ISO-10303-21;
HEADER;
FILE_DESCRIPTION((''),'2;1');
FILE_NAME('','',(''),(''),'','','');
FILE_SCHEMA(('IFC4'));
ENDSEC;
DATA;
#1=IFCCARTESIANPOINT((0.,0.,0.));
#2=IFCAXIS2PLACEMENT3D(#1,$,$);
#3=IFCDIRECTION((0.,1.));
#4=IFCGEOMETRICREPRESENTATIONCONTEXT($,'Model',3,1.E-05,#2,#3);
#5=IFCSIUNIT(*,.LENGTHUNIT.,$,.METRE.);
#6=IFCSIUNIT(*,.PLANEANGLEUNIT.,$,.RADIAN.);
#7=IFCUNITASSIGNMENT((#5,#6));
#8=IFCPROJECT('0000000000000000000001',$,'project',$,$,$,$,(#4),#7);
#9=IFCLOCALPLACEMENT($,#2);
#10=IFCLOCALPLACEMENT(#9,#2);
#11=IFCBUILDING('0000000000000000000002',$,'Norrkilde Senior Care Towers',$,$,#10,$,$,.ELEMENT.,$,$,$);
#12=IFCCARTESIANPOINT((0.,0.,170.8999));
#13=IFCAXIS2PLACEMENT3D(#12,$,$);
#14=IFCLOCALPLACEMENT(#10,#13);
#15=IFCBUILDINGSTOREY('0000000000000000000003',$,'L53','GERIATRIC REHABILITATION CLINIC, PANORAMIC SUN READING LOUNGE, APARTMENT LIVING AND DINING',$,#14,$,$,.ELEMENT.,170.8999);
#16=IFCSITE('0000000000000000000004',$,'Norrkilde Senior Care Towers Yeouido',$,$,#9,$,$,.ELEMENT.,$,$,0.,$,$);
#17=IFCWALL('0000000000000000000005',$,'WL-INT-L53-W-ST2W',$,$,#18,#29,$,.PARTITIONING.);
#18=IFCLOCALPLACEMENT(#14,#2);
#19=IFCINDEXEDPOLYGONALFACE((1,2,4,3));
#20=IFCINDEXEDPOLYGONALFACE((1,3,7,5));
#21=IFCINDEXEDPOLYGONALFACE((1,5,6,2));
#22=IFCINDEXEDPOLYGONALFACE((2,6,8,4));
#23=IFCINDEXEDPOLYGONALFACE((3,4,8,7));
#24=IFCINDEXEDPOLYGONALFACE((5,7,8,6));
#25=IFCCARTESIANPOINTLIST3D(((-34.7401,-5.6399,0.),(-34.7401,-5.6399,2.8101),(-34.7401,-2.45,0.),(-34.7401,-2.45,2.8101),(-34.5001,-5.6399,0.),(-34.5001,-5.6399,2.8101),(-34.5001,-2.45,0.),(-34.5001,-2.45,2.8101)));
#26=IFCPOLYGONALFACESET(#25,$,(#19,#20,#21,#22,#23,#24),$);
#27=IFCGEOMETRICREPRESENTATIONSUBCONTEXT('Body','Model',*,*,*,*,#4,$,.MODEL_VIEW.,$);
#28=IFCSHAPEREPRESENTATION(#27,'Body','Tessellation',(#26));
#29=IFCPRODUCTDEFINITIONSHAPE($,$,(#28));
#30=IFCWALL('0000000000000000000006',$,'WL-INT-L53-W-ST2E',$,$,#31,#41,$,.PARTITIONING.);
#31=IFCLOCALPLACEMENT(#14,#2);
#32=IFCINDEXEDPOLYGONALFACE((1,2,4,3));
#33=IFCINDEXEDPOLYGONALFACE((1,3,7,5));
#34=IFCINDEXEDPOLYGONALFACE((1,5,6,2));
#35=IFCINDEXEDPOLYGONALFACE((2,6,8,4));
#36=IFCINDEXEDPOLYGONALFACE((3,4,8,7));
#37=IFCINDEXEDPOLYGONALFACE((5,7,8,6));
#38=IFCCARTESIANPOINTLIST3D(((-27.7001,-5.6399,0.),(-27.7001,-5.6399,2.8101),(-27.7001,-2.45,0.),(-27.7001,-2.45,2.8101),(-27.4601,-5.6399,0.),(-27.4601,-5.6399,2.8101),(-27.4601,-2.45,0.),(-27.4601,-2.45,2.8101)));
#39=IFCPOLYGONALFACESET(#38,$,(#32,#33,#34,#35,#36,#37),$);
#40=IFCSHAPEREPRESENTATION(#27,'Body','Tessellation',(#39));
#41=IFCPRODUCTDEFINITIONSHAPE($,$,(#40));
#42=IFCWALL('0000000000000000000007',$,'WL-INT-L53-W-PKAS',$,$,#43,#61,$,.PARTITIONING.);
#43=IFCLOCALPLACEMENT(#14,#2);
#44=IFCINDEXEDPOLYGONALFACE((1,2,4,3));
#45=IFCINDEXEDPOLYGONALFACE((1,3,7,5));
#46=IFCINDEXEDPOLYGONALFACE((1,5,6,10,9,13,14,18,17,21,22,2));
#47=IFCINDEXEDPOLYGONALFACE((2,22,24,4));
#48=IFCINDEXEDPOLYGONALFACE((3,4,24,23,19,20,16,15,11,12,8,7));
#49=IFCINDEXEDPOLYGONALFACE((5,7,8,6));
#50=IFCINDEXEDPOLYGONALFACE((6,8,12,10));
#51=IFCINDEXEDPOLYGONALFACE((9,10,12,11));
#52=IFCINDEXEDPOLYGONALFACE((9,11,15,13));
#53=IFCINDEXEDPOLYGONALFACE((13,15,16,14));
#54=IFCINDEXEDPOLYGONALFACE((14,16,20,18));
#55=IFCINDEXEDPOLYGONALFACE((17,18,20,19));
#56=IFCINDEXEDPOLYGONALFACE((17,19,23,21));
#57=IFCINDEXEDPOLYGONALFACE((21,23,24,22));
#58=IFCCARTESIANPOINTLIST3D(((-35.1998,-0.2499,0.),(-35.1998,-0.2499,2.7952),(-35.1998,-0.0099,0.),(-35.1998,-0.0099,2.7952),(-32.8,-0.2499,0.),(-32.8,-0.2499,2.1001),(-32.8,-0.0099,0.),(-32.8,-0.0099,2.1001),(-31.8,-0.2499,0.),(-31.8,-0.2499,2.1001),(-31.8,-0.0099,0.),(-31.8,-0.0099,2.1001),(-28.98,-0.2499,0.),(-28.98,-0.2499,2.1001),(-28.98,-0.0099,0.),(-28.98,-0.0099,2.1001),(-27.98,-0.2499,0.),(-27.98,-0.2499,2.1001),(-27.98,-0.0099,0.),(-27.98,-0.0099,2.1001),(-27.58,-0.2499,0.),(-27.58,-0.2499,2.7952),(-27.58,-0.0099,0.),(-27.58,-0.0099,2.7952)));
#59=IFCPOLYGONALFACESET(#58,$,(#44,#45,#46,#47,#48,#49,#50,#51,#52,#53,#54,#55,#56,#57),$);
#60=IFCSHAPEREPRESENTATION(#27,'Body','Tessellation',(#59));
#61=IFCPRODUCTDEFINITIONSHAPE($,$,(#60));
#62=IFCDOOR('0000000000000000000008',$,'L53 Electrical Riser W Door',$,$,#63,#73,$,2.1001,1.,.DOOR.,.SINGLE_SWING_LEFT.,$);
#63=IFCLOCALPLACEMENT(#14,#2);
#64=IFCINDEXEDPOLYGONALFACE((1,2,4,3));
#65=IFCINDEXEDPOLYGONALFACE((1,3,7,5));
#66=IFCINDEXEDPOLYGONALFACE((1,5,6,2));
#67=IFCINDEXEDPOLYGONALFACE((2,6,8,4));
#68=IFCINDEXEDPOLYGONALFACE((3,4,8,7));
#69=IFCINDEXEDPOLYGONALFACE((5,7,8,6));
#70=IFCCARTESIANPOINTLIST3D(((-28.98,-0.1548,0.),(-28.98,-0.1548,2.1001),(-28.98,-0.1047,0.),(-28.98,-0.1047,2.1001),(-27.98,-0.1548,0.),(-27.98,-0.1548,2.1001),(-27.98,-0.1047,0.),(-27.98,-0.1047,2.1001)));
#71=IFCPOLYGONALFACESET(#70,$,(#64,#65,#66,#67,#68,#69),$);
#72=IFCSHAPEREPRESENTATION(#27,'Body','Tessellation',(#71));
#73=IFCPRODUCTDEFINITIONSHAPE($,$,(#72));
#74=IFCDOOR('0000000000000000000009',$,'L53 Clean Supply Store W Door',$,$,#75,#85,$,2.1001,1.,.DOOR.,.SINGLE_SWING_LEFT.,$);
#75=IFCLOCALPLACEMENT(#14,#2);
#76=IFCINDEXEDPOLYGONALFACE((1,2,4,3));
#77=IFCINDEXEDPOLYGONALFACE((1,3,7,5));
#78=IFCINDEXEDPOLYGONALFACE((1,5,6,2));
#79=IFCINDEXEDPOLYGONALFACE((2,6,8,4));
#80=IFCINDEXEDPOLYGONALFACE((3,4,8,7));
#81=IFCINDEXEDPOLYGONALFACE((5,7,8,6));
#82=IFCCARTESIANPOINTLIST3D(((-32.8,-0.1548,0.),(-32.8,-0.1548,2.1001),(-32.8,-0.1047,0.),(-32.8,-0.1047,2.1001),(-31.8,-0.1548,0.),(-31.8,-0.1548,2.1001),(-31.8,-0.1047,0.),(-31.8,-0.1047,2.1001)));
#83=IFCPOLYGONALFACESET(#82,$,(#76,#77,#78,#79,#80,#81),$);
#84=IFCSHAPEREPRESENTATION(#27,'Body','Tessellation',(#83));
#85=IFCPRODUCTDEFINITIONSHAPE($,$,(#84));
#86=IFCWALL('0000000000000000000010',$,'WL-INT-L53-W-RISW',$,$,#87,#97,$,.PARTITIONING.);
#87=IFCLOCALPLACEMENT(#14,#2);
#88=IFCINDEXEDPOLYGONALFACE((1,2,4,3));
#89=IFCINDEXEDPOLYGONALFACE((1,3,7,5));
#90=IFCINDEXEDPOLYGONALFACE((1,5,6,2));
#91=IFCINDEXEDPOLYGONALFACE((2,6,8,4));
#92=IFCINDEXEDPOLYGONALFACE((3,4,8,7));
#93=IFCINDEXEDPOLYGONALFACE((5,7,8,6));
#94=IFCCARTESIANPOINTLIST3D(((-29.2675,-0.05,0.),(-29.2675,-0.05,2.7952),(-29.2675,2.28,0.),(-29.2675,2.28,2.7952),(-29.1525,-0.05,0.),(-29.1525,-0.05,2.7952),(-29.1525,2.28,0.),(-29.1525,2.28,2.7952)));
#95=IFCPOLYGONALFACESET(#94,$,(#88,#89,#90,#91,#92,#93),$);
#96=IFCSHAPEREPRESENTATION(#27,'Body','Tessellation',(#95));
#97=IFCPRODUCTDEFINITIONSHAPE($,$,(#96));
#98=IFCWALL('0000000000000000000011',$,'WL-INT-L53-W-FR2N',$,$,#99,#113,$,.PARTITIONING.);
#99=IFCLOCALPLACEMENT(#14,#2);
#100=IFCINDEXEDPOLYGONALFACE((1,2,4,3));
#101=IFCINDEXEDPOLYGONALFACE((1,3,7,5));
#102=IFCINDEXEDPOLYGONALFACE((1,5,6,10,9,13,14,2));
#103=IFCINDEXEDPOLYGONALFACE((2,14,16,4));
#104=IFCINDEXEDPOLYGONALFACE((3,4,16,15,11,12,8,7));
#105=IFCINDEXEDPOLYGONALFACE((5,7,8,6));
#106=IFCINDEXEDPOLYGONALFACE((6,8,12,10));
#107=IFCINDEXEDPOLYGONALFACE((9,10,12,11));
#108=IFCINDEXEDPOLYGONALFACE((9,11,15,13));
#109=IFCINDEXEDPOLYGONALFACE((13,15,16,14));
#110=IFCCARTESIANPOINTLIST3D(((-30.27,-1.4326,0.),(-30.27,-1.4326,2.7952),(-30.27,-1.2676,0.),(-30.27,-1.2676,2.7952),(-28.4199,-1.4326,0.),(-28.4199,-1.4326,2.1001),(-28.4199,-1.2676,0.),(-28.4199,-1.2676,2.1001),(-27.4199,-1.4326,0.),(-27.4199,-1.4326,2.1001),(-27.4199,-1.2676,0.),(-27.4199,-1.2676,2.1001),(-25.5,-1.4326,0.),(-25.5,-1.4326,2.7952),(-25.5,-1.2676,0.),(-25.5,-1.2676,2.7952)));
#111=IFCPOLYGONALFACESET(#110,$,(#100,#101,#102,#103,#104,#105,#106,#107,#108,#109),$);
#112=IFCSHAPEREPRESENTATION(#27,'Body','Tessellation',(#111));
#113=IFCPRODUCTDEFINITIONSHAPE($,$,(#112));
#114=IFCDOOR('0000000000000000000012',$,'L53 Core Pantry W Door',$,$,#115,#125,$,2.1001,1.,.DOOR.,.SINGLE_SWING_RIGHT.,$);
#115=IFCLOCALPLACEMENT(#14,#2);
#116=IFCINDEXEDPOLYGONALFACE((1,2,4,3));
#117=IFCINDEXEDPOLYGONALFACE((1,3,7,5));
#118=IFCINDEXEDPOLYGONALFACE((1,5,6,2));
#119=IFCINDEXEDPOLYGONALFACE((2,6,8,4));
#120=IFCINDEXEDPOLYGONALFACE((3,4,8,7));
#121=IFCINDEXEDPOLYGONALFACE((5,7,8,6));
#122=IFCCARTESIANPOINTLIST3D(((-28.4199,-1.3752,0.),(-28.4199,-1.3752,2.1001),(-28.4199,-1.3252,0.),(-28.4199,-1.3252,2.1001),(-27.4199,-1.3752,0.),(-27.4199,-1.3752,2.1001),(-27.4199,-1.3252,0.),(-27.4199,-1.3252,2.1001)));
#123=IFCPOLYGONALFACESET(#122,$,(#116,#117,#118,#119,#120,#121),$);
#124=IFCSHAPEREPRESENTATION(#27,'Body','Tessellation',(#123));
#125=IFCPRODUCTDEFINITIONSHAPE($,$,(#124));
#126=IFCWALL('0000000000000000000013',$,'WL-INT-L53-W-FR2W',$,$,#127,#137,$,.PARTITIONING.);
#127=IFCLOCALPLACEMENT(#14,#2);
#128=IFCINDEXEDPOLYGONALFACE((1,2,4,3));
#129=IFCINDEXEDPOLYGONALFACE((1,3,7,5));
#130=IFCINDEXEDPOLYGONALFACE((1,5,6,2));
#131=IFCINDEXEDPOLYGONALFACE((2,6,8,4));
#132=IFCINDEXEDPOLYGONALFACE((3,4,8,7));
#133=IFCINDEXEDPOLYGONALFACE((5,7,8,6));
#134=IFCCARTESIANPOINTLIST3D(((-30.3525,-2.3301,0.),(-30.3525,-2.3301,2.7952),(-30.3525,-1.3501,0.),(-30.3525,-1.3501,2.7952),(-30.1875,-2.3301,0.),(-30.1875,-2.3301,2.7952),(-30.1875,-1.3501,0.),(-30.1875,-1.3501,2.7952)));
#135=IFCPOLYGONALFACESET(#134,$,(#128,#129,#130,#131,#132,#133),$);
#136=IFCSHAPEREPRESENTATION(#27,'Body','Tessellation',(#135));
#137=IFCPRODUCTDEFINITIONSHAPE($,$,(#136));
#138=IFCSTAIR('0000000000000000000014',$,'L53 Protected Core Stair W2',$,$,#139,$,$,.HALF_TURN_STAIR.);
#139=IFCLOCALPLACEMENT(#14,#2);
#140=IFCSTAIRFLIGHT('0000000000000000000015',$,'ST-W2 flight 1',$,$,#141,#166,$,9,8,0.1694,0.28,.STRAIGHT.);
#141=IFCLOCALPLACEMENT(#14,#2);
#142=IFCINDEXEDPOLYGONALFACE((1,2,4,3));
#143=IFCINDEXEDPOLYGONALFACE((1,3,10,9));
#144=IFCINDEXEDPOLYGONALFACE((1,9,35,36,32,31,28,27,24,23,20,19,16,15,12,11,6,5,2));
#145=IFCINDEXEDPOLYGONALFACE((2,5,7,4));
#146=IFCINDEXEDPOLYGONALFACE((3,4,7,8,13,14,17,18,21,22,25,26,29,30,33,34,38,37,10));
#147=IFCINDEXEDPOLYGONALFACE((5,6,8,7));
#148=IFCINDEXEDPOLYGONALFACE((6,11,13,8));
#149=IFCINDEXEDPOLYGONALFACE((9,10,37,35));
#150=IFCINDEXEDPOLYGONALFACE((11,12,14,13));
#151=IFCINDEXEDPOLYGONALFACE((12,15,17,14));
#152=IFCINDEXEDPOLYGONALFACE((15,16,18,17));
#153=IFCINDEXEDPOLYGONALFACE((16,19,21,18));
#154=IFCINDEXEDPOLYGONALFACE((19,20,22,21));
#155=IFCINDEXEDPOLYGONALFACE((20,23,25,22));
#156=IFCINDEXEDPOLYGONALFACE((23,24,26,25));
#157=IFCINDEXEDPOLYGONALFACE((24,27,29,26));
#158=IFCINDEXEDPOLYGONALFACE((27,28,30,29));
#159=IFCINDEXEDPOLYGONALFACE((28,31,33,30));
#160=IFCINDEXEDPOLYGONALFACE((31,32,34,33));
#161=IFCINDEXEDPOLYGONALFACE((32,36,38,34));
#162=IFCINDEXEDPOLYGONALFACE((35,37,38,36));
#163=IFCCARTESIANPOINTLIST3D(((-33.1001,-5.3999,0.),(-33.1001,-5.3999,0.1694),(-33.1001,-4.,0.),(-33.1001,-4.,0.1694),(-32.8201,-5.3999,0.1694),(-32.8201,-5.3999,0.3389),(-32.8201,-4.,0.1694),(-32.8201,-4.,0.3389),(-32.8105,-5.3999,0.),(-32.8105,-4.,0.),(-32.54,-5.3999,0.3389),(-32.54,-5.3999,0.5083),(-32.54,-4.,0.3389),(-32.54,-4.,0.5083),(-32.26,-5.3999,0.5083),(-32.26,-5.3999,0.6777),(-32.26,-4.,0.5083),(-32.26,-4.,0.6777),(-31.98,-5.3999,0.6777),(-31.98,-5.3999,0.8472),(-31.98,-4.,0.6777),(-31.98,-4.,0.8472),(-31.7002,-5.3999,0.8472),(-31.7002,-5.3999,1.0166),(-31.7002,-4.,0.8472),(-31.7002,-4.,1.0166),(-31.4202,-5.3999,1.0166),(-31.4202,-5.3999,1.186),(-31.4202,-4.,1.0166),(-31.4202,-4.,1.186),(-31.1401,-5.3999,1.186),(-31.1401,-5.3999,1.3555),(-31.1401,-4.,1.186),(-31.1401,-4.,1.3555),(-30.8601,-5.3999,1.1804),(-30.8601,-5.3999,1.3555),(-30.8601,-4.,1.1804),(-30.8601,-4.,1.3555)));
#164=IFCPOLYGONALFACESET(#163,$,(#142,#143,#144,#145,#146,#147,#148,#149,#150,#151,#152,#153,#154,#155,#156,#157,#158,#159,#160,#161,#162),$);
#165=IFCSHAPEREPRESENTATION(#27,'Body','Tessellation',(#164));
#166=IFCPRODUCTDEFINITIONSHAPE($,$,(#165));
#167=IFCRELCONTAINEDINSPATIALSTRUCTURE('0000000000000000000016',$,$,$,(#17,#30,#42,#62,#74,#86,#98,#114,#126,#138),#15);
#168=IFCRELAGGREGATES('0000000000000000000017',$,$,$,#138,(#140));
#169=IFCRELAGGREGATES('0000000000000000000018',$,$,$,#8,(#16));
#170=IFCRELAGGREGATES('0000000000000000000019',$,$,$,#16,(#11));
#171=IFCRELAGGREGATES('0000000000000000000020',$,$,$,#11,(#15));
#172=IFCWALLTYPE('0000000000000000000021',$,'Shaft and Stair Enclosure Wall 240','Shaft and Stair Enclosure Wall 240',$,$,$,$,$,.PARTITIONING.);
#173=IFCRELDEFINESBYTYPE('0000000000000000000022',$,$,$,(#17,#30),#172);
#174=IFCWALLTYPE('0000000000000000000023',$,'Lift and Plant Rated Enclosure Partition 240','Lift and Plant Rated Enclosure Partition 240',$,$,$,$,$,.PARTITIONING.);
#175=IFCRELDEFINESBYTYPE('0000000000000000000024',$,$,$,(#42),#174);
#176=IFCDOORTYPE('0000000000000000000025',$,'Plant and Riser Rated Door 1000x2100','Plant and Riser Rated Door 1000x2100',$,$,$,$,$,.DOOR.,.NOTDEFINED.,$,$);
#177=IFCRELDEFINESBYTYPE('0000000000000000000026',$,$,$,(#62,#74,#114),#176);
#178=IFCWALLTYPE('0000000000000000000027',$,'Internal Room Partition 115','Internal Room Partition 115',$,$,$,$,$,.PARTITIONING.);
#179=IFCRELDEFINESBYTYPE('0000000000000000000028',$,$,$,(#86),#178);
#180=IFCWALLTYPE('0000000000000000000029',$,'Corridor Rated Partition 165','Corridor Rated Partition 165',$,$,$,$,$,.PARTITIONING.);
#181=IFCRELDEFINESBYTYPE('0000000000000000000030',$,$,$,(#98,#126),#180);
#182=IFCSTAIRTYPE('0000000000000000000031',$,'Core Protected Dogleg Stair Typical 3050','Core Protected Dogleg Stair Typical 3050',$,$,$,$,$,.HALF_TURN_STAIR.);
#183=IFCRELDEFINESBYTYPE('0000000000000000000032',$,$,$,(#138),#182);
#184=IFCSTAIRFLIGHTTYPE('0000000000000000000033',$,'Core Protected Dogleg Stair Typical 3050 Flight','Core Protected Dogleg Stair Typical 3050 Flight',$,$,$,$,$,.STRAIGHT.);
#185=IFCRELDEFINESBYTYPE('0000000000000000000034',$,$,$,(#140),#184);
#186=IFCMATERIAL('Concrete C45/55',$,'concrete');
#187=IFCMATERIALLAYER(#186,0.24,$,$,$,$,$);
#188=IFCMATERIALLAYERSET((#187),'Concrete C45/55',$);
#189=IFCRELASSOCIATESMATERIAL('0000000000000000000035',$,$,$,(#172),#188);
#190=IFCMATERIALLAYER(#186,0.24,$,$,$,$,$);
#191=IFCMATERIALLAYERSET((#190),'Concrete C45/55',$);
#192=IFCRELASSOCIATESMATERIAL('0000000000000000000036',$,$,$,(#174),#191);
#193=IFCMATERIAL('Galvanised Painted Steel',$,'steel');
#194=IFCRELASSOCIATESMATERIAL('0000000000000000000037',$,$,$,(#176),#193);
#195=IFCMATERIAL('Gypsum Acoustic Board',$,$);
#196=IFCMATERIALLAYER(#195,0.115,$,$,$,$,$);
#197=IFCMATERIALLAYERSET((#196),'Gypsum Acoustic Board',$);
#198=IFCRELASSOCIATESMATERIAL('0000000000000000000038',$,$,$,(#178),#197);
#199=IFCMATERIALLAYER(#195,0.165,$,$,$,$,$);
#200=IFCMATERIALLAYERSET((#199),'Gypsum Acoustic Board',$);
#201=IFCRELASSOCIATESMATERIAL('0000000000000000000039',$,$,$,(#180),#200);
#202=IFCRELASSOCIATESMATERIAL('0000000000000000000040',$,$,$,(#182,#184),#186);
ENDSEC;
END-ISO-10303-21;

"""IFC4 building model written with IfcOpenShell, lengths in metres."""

from ifc_helpers import new_model, si_unit, direction, frame, frame_2d, origin, place, context, subcontext, project, spatial, polyline, rectangle, outline, extrude, source, transform, mapped, material, layer, layer_set, type_object, type_shapes, element, fill, aggregate, save


model = new_model("IFC4")

# Units and contexts
model_context = context("Model", 3, precision=1e-05, world=origin(), true_north=direction((0.0, 1.0)))
body_context = subcontext(model_context, "Body", "Model", "MODEL_VIEW")
ifc_project = project(units=[si_unit("LENGTHUNIT", "METRE"), si_unit("PLANEANGLEUNIT", "RADIAN")], contexts=[model_context])

# Site, building, storey
site_placement = place(None, origin())
site = spatial("IfcSite", under=ifc_project, at=site_placement, Name="Norrkilde Senior Care Towers Yeouido", CompositionType="ELEMENT", RefElevation=0.0)
building_placement = place(site_placement, origin())
building = spatial("IfcBuilding", under=site, at=building_placement, Name="Norrkilde Senior Care Towers", CompositionType="ELEMENT")
storey_placement = place(building_placement, frame((0.0, 0.0, 170.8999)))
storey = spatial("IfcBuildingStorey", under=building, at=storey_placement, Name="L53", Description="GERIATRIC REHABILITATION CLINIC, PANORAMIC SUN READING LOUNGE, APARTMENT LIVING AND DINING", CompositionType="ELEMENT", Elevation=170.8999)

# Shared definitions
ifc_material_1 = material(Name="Concrete C45/55", Category="concrete")
ifc_layer_1 = layer(ifc_material_1, 0.24)
ifc_layer_set_1 = layer_set([ifc_layer_1], Name="Concrete C45/55")
wall_type_1 = type_object("IfcWallType", Name="Shaft and Stair Enclosure Wall 240", Description="Shaft and Stair Enclosure Wall 240", PredefinedType="PARTITIONING", material=ifc_layer_set_1)
ifc_material_2 = material(Name="Galvanised Painted Steel", Category="steel")

# Walls
shared_shape_1 = source(origin(), body_context, "Body", "SweptSolid", [
    extrude(rectangle(XDim=3.1899, YDim=0.24, at=frame_2d((1.595, 0.0))), origin(), (0.0, 0.0, 1.0), 2.8101),
])
for number, where, z_axis, x_axis, name in (
    (1, (-34.6201, -5.6399, 0.0), (0.0, 0.0, 1.0), (0.0, 1.0, 0.0), "WL-INT-L53-W-ST2W"),
    (2, (-27.5801, -5.6399, 0.0), (0.0, 0.0, 1.0), (0.0, 1.0, 0.0), "WL-INT-L53-W-ST2E"),
):
    element("IfcWall", number, at=place(storey_placement, frame(where, z_axis=z_axis, x_axis=x_axis)), inside=storey, type_object=wall_type_1, Name=name, PredefinedType="PARTITIONING", context=body_context, shape_type="MappedRepresentation", body=[
        mapped(shared_shape_1, transform((0.0, 0.0, 0.0), x_axis=(1.0, 0.0, 0.0), y_axis=(0.0, 1.0, 0.0), z_axis=(0.0, 0.0, 1.0), scale=1.0)),
    ])

# Wall, openings, doors
ifc_layer_2 = layer(ifc_material_1, 0.24)
ifc_layer_set_2 = layer_set([ifc_layer_2], Name="Concrete C45/55")
wall_type_2 = type_object("IfcWallType", Name="Lift and Plant Rated Enclosure Partition 240", Description="Lift and Plant Rated Enclosure Partition 240", PredefinedType="PARTITIONING", material=ifc_layer_set_2)
shared_shape_2 = source(origin(), body_context, "Body", "SweptSolid", [
    extrude(rectangle(XDim=7.6199, YDim=0.24, at=frame_2d((3.8101, 0.0))), origin(), (0.0, 0.0, 1.0), 2.7952),
])
type_shapes(wall_type_2, [shared_shape_2])
wall_1_placement = place(storey_placement, frame((-35.2, -0.1299, 0.0), z_axis=(0.0, 0.0, 1.0), x_axis=(1.0, 0.0, 0.0)))
wall_1 = element("IfcWall", 3, at=wall_1_placement, inside=storey, type_object=wall_type_2, Name="WL-INT-L53-W-PKAS", PredefinedType="PARTITIONING", context=body_context, shape_type="MappedRepresentation", body=[
    mapped(shared_shape_2, transform((0.0, 0.0, 0.0), x_axis=(1.0, 0.0, 0.0), y_axis=(0.0, 1.0, 0.0), z_axis=(0.0, 0.0, 1.0), scale=1.0)),
])
opening_1_placement = place(wall_1_placement, frame((6.22, 0.0, 0.0)))
opening_1 = element("IfcOpeningElement", 4, at=opening_1_placement, cuts=wall_1, PredefinedType="OPENING", context=body_context, shape_type="SweptSolid", body=[
    extrude(rectangle(XDim=1.0, YDim=2.1001, at=frame_2d((0.5, 1.05))), frame((0.0, 0.1299, 0.0), z_axis=(0.0, -1.0, 0.0), x_axis=(1.0, 0.0, 0.0)), (0.0, 0.0, 1.0), 0.26),
])
opening_2_placement = place(wall_1_placement, frame((2.3999, 0.0, 0.0)))
opening_2 = element("IfcOpeningElement", 5, at=opening_2_placement, cuts=wall_1, PredefinedType="OPENING", context=body_context, shape_type="SweptSolid", body=[
    extrude(rectangle(XDim=1.0, YDim=2.1001, at=frame_2d((0.5, 1.05))), frame((0.0, 0.1299, 0.0), z_axis=(0.0, -1.0, 0.0), x_axis=(1.0, 0.0, 0.0)), (0.0, 0.0, 1.0), 0.26),
])
door_type_1 = type_object("IfcDoorType", Name="Plant and Riser Rated Door 1000x2100", Description="Plant and Riser Rated Door 1000x2100", OperationType="NOTDEFINED", PredefinedType="DOOR", material=ifc_material_2)
shared_shape_3 = source(origin(), body_context, "Body", "SweptSolid", [
    extrude(rectangle(XDim=1.0, YDim=2.1001, at=frame_2d((0.5, 1.05))), frame((0.0, 0.0249, 0.0), z_axis=(0.0, -1.0, 0.0), x_axis=(1.0, 0.0, 0.0)), (0.0, 0.0, 1.0), 0.05),
])
type_shapes(door_type_1, [shared_shape_3])
door_1_placement = place(opening_1_placement, frame((1.0, 0.0, 0.0), z_axis=(0.0, 0.0, 1.0), x_axis=(-1.0, 0.0, 0.0)))
door_1 = element("IfcDoor", 6, at=door_1_placement, inside=storey, type_object=door_type_1, Name="L53 Electrical Riser W Door", OperationType="SINGLE_SWING_LEFT", OverallHeight=2.1001, OverallWidth=1.0, PredefinedType="DOOR", context=body_context, shape_type="MappedRepresentation", body=[
    mapped(shared_shape_3, transform((0.0, 0.0, 0.0), x_axis=(1.0, 0.0, 0.0), y_axis=(0.0, 1.0, 0.0), z_axis=(0.0, 0.0, 1.0), scale=1.0)),
])
fill(opening_1, door_1)
door_2_placement = place(opening_2_placement, frame((1.0, 0.0, 0.0), z_axis=(0.0, 0.0, 1.0), x_axis=(-1.0, 0.0, 0.0)))
door_2 = element("IfcDoor", 7, at=door_2_placement, inside=storey, type_object=door_type_1, Name="L53 Clean Supply Store W Door", OperationType="SINGLE_SWING_LEFT", OverallHeight=2.1001, OverallWidth=1.0, PredefinedType="DOOR", context=body_context, shape_type="MappedRepresentation", body=[
    mapped(shared_shape_3, transform((0.0, 0.0, 0.0), x_axis=(1.0, 0.0, 0.0), y_axis=(0.0, 1.0, 0.0), z_axis=(0.0, 0.0, 1.0), scale=1.0)),
])
fill(opening_2, door_2)

# Wall
ifc_material_3 = material(Name="Gypsum Acoustic Board")
ifc_layer_3 = layer(ifc_material_3, 0.115)
ifc_layer_set_3 = layer_set([ifc_layer_3], Name="Gypsum Acoustic Board")
wall_type_3 = type_object("IfcWallType", Name="Internal Room Partition 115", Description="Internal Room Partition 115", PredefinedType="PARTITIONING", material=ifc_layer_set_3)
shared_shape_4 = source(origin(), body_context, "Body", "SweptSolid", [
    extrude(rectangle(XDim=2.3301, YDim=0.115, at=frame_2d((1.165, 0.0))), origin(), (0.0, 0.0, 1.0), 2.7952),
])
type_shapes(wall_type_3, [shared_shape_4])
wall_2_placement = place(storey_placement, frame((-29.21, -0.05, 0.0), z_axis=(0.0, 0.0, 1.0), x_axis=(0.0, 1.0, 0.0)))
element("IfcWall", 8, at=wall_2_placement, inside=storey, type_object=wall_type_3, Name="WL-INT-L53-W-RISW", PredefinedType="PARTITIONING", context=body_context, shape_type="MappedRepresentation", body=[
    mapped(shared_shape_4, transform((0.0, 0.0, 0.0), x_axis=(1.0, 0.0, 0.0), y_axis=(0.0, 1.0, 0.0), z_axis=(0.0, 0.0, 1.0), scale=1.0)),
])

# Wall, opening, door
ifc_layer_4 = layer(ifc_material_3, 0.165)
ifc_layer_set_4 = layer_set([ifc_layer_4], Name="Gypsum Acoustic Board")
wall_type_4 = type_object("IfcWallType", Name="Corridor Rated Partition 165", Description="Corridor Rated Partition 165", PredefinedType="PARTITIONING", material=ifc_layer_set_4)
shared_shape_5 = source(origin(), body_context, "Body", "SweptSolid", [
    extrude(rectangle(XDim=4.77, YDim=0.165, at=frame_2d((2.385, 0.0))), origin(), (0.0, 0.0, 1.0), 2.7952),
])
wall_3_placement = place(storey_placement, frame((-30.27, -1.3501, 0.0), z_axis=(0.0, 0.0, 1.0), x_axis=(1.0, 0.0, 0.0)))
wall_3 = element("IfcWall", 9, at=wall_3_placement, inside=storey, type_object=wall_type_4, Name="WL-INT-L53-W-FR2N", PredefinedType="PARTITIONING", context=body_context, shape_type="MappedRepresentation", body=[
    mapped(shared_shape_5, transform((0.0, 0.0, 0.0), x_axis=(1.0, 0.0, 0.0), y_axis=(0.0, 1.0, 0.0), z_axis=(0.0, 0.0, 1.0), scale=1.0)),
])
opening_3_placement = place(wall_3_placement, frame((1.8501, 0.0, 0.0)))
opening_3 = element("IfcOpeningElement", 10, at=opening_3_placement, cuts=wall_3, PredefinedType="OPENING", context=body_context, shape_type="SweptSolid", body=[
    extrude(rectangle(XDim=1.0, YDim=2.1001, at=frame_2d((0.5, 1.05))), frame((0.0, 0.0925, 0.0), z_axis=(0.0, -1.0, 0.0), x_axis=(1.0, 0.0, 0.0)), (0.0, 0.0, 1.0), 0.1851),
])
door_3_placement = place(opening_3_placement, origin())
door_3 = element("IfcDoor", 11, at=door_3_placement, inside=storey, type_object=door_type_1, Name="L53 Core Pantry W Door", OperationType="SINGLE_SWING_RIGHT", OverallHeight=2.1001, OverallWidth=1.0, PredefinedType="DOOR", context=body_context, shape_type="MappedRepresentation", body=[
    mapped(shared_shape_3, transform((0.0, 0.0, 0.0), x_axis=(1.0, 0.0, 0.0), y_axis=(0.0, 1.0, 0.0), z_axis=(0.0, 0.0, 1.0), scale=1.0)),
])
fill(opening_3, door_3)

# Wall
shared_shape_6 = source(origin(), body_context, "Body", "SweptSolid", [
    extrude(rectangle(XDim=0.98, YDim=0.165, at=frame_2d((0.49, 0.0))), origin(), (0.0, 0.0, 1.0), 2.7952),
])
type_shapes(wall_type_4, [shared_shape_5, shared_shape_6])
wall_4_placement = place(storey_placement, frame((-30.27, -2.3301, 0.0), z_axis=(0.0, 0.0, 1.0), x_axis=(0.0, 1.0, 0.0)))
element("IfcWall", 12, at=wall_4_placement, inside=storey, type_object=wall_type_4, Name="WL-INT-L53-W-FR2W", PredefinedType="PARTITIONING", context=body_context, shape_type="MappedRepresentation", body=[
    mapped(shared_shape_6, transform((0.0, 0.0, 0.0), x_axis=(1.0, 0.0, 0.0), y_axis=(0.0, 1.0, 0.0), z_axis=(0.0, 0.0, 1.0), scale=1.0)),
])

# Stair, stair flight
stair_type = type_object("IfcStairType", Name="Core Protected Dogleg Stair Typical 3050", Description="Core Protected Dogleg Stair Typical 3050", PredefinedType="HALF_TURN_STAIR", material=ifc_material_1)
stair_placement = place(storey_placement, origin())
stair = element("IfcStair", 13, at=stair_placement, inside=storey, type_object=stair_type, Name="L53 Protected Core Stair W2", PredefinedType="HALF_TURN_STAIR")
stair_flight_type = type_object("IfcStairFlightType", Name="Core Protected Dogleg Stair Typical 3050 Flight", Description="Core Protected Dogleg Stair Typical 3050 Flight", PredefinedType="STRAIGHT", material=ifc_material_1)
stair_flight_1_placement = place(storey_placement, frame((-33.1001, -4.7, 0.0), z_axis=(0.0, 0.0, 1.0), x_axis=(1.0, 0.0, 0.0)))
stair_flight_1 = element("IfcStairFlight", 14, at=stair_flight_1_placement, type_object=stair_flight_type, Name="ST-W2 flight 1", NumberOfRisers=9, NumberOfTreads=8, PredefinedType="STRAIGHT", RiserHeight=0.1694, TreadLength=0.28, context=body_context, shape_type="SweptSolid", body=[
    extrude(outline(polyline([(0.0, 0.0), (0.0, 0.1694), (0.28, 0.1694), (0.28, 0.3389), (0.5601, 0.3389), (0.5601, 0.5083), (0.8401, 0.5083), (0.8401, 0.6777), (1.1201, 0.6777), (1.1201, 0.8472), (1.3999, 0.8472), (1.3999, 1.0166), (1.6799, 1.0166), (1.6799, 1.186), (1.96, 1.186), (1.96, 1.3555), (2.24, 1.3555), (2.24, 1.5249), (2.24, 1.1804), (0.2896, 0.0), (0.0, 0.0)])), frame((0.0, 0.7, 0.0), z_axis=(0.0, -1.0, 0.0), x_axis=(1.0, 0.0, 0.0)), (0.0, 0.0, 1.0), 1.3999),
])
aggregate(stair, [stair_flight_1])

save(model, "model.ifc")
